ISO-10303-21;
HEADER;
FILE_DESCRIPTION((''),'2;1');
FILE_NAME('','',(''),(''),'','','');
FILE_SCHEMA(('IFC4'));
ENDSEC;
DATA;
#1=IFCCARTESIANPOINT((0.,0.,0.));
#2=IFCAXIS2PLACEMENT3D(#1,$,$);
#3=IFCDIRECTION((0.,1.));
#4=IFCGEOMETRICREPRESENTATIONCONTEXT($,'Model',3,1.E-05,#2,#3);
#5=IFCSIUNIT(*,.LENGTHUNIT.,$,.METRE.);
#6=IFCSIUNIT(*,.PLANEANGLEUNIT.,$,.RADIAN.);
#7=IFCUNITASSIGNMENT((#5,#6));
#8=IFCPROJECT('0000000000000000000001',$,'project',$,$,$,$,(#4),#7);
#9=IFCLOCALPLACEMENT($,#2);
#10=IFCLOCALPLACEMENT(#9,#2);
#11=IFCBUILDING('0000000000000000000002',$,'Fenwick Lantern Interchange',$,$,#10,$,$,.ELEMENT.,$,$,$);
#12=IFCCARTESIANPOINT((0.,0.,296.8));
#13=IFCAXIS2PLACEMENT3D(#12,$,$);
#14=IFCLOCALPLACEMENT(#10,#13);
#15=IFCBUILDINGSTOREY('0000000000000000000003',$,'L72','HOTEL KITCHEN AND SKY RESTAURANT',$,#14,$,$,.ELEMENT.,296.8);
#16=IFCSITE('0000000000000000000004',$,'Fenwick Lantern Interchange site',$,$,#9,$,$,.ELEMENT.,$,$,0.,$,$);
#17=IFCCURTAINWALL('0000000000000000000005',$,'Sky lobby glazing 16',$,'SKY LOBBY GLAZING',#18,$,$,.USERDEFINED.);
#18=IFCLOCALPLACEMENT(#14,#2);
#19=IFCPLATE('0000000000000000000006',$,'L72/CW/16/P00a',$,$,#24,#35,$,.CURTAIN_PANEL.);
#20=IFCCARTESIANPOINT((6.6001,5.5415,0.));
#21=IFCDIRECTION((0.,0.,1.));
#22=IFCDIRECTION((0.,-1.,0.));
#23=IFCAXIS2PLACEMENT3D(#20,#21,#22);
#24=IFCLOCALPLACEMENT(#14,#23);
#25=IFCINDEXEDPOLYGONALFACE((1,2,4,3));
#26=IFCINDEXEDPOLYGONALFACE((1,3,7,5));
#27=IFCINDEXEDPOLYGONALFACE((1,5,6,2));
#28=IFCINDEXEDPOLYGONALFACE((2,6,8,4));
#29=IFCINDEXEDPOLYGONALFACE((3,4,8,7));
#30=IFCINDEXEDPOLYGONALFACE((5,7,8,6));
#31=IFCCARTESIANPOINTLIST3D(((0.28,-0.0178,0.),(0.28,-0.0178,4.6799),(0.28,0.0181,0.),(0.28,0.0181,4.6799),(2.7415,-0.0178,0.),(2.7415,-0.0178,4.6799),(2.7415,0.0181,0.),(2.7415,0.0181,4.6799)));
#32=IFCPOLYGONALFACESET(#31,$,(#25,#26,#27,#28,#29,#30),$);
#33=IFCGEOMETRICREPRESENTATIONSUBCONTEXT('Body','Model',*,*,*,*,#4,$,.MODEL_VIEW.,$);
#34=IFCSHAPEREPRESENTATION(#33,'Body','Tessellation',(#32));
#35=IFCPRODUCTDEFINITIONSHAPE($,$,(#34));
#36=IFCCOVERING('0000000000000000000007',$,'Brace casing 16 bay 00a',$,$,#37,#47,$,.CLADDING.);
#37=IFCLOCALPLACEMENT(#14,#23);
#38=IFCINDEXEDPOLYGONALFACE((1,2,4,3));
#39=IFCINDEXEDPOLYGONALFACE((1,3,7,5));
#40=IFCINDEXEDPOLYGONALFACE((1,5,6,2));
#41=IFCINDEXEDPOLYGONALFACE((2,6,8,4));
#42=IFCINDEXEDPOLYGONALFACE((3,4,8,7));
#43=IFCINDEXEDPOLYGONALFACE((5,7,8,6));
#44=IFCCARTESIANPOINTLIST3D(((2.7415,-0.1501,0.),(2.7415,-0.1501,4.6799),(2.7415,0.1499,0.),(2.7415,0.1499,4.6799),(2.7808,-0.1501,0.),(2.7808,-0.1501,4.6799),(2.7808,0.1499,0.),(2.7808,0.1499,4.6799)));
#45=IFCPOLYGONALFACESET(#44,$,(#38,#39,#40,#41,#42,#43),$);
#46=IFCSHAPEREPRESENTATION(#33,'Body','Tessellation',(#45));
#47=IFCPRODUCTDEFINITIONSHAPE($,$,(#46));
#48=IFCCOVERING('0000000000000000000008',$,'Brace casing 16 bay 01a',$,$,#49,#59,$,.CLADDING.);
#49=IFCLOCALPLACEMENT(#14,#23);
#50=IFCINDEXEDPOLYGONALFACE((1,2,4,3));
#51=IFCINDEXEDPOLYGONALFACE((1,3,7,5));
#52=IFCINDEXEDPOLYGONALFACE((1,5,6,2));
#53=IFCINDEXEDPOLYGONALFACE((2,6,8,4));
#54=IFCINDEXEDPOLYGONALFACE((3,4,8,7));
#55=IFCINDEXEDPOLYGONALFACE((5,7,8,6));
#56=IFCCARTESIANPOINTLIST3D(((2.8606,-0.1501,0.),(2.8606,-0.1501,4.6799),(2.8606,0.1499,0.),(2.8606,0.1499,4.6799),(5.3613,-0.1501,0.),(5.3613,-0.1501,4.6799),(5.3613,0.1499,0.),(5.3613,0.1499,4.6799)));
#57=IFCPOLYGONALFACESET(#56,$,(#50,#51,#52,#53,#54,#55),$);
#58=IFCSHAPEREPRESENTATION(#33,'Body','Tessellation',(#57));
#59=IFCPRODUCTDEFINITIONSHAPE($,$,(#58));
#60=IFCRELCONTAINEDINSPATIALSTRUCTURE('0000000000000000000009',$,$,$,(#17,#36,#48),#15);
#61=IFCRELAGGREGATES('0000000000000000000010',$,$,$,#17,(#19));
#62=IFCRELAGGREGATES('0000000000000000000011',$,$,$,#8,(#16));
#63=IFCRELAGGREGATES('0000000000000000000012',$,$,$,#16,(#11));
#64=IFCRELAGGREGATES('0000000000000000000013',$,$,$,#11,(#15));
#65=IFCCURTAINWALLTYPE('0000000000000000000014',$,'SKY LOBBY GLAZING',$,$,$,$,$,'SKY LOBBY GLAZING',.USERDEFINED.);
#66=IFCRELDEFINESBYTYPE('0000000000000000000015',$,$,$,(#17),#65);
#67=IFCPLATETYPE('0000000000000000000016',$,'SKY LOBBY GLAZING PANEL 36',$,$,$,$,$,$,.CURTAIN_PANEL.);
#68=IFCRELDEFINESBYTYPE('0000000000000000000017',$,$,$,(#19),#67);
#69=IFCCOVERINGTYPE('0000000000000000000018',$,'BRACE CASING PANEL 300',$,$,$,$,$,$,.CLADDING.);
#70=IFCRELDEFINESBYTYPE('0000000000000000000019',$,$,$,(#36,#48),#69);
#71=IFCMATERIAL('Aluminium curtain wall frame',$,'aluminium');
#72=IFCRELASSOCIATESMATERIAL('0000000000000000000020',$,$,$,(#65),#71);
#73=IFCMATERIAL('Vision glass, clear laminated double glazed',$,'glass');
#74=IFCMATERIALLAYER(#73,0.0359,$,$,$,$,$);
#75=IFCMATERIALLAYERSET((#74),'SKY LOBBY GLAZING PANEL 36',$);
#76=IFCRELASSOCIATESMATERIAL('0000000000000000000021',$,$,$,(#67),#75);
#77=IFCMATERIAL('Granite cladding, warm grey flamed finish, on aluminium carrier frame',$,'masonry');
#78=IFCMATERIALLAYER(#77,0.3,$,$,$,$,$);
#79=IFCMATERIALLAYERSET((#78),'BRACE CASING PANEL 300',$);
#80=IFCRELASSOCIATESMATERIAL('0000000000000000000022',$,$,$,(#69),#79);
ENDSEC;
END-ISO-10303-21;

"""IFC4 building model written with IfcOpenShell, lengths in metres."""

from ifc_helpers import new_model, si_unit, direction, frame, origin, place, context, subcontext, project, spatial, polyline, outline, extrude, material, layer, layer_set, type_object, element, aggregate, save


model = new_model("IFC4")

# Units and contexts
model_context = context("Model", 3, precision=1e-05, world=origin(), true_north=direction((0.0, 1.0)))
body_context = subcontext(model_context, "Body", "Model", "MODEL_VIEW")
ifc_project = project(units=[si_unit("LENGTHUNIT", "METRE"), si_unit("PLANEANGLEUNIT", "RADIAN")], contexts=[model_context])

# Site, building, storey
site_placement = place(None, origin())
site = spatial("IfcSite", under=ifc_project, at=site_placement, Name="Fenwick Lantern Interchange site", CompositionType="ELEMENT", RefElevation=0.0)
building_placement = place(site_placement, origin())
building = spatial("IfcBuilding", under=site, at=building_placement, Name="Fenwick Lantern Interchange", CompositionType="ELEMENT")
storey_placement = place(building_placement, frame((0.0, 0.0, 296.8)))
storey = spatial("IfcBuildingStorey", under=building, at=storey_placement, Name="L72", Description="HOTEL KITCHEN AND SKY RESTAURANT", CompositionType="ELEMENT", Elevation=296.8)

# Curtain wall, plate
ifc_material_1 = material(Name="Aluminium curtain wall frame", Category="aluminium")
curtain_wall_type = type_object("IfcCurtainWallType", Name="SKY LOBBY GLAZING", ElementType="SKY LOBBY GLAZING", PredefinedType="USERDEFINED", material=ifc_material_1)
curtain_wall_placement = place(storey_placement, origin())
curtain_wall = element("IfcCurtainWall", 1, at=curtain_wall_placement, inside=storey, type_object=curtain_wall_type, Name="Sky lobby glazing 16", ObjectType="SKY LOBBY GLAZING", PredefinedType="USERDEFINED")
ifc_material_2 = material(Name="Vision glass, clear laminated double glazed", Category="glass")
ifc_layer_1 = layer(ifc_material_2, 0.0359)
ifc_layer_set_1 = layer_set([ifc_layer_1], Name="SKY LOBBY GLAZING PANEL 36")
plate_type = type_object("IfcPlateType", Name="SKY LOBBY GLAZING PANEL 36", PredefinedType="CURTAIN_PANEL", material=ifc_layer_set_1)
plate_placement = place(storey_placement, frame((6.6001, 5.5415, 0.0), z_axis=(0.0, 0.0, 1.0), x_axis=(0.0, -1.0, 0.0)))
plate = element("IfcPlate", 2, at=plate_placement, type_object=plate_type, Name="L72/CW/16/P00a", PredefinedType="CURTAIN_PANEL", context=body_context, shape_type="SweptSolid", body=[
    extrude(outline(polyline([(0.28, 0.0), (2.7415, 0.0), (2.7415, 4.6799), (0.28, 4.6799), (0.28, 0.0)])), frame((0.0, 0.0181, 0.0), z_axis=(0.0, -1.0, 0.0), x_axis=(1.0, 0.0, 0.0)), (0.0, 0.0, 1.0), 0.0359),
])
aggregate(curtain_wall, [plate])

# Coverings
ifc_material_3 = material(Name="Granite cladding, warm grey flamed finish, on aluminium carrier frame", Category="masonry")
ifc_layer_2 = layer(ifc_material_3, 0.3)
ifc_layer_set_2 = layer_set([ifc_layer_2], Name="BRACE CASING PANEL 300")
covering_type = type_object("IfcCoveringType", Name="BRACE CASING PANEL 300", PredefinedType="CLADDING", material=ifc_layer_set_2)
covering_1_placement = place(storey_placement, frame((6.6001, 5.5415, 0.0), z_axis=(0.0, 0.0, 1.0), x_axis=(0.0, -1.0, 0.0)))
element("IfcCovering", 3, at=covering_1_placement, inside=storey, type_object=covering_type, Name="Brace casing 16 bay 00a", PredefinedType="CLADDING", context=body_context, shape_type="SweptSolid", body=[
    extrude(outline(polyline([(2.7415, 0.0), (2.7808, 0.0), (2.7808, 4.6799), (2.7415, 4.6799), (2.7415, 0.0)])), frame((0.0, 0.1499, 0.0), z_axis=(0.0, -1.0, 0.0), x_axis=(1.0, 0.0, 0.0)), (0.0, 0.0, 1.0), 0.3),
])
covering_2_placement = place(storey_placement, frame((6.6001, 5.5415, 0.0), z_axis=(0.0, 0.0, 1.0), x_axis=(0.0, -1.0, 0.0)))
element("IfcCovering", 4, at=covering_2_placement, inside=storey, type_object=covering_type, Name="Brace casing 16 bay 01a", PredefinedType="CLADDING", context=body_context, shape_type="SweptSolid", body=[
    extrude(outline(polyline([(2.8606, 0.0), (5.3613, 0.0), (5.3613, 4.6799), (2.8606, 4.6799), (2.8606, 0.0)])), frame((0.0, 0.1499, 0.0), z_axis=(0.0, -1.0, 0.0), x_axis=(1.0, 0.0, 0.0)), (0.0, 0.0, 1.0), 0.3),
])

save(model, "model.ifc")
